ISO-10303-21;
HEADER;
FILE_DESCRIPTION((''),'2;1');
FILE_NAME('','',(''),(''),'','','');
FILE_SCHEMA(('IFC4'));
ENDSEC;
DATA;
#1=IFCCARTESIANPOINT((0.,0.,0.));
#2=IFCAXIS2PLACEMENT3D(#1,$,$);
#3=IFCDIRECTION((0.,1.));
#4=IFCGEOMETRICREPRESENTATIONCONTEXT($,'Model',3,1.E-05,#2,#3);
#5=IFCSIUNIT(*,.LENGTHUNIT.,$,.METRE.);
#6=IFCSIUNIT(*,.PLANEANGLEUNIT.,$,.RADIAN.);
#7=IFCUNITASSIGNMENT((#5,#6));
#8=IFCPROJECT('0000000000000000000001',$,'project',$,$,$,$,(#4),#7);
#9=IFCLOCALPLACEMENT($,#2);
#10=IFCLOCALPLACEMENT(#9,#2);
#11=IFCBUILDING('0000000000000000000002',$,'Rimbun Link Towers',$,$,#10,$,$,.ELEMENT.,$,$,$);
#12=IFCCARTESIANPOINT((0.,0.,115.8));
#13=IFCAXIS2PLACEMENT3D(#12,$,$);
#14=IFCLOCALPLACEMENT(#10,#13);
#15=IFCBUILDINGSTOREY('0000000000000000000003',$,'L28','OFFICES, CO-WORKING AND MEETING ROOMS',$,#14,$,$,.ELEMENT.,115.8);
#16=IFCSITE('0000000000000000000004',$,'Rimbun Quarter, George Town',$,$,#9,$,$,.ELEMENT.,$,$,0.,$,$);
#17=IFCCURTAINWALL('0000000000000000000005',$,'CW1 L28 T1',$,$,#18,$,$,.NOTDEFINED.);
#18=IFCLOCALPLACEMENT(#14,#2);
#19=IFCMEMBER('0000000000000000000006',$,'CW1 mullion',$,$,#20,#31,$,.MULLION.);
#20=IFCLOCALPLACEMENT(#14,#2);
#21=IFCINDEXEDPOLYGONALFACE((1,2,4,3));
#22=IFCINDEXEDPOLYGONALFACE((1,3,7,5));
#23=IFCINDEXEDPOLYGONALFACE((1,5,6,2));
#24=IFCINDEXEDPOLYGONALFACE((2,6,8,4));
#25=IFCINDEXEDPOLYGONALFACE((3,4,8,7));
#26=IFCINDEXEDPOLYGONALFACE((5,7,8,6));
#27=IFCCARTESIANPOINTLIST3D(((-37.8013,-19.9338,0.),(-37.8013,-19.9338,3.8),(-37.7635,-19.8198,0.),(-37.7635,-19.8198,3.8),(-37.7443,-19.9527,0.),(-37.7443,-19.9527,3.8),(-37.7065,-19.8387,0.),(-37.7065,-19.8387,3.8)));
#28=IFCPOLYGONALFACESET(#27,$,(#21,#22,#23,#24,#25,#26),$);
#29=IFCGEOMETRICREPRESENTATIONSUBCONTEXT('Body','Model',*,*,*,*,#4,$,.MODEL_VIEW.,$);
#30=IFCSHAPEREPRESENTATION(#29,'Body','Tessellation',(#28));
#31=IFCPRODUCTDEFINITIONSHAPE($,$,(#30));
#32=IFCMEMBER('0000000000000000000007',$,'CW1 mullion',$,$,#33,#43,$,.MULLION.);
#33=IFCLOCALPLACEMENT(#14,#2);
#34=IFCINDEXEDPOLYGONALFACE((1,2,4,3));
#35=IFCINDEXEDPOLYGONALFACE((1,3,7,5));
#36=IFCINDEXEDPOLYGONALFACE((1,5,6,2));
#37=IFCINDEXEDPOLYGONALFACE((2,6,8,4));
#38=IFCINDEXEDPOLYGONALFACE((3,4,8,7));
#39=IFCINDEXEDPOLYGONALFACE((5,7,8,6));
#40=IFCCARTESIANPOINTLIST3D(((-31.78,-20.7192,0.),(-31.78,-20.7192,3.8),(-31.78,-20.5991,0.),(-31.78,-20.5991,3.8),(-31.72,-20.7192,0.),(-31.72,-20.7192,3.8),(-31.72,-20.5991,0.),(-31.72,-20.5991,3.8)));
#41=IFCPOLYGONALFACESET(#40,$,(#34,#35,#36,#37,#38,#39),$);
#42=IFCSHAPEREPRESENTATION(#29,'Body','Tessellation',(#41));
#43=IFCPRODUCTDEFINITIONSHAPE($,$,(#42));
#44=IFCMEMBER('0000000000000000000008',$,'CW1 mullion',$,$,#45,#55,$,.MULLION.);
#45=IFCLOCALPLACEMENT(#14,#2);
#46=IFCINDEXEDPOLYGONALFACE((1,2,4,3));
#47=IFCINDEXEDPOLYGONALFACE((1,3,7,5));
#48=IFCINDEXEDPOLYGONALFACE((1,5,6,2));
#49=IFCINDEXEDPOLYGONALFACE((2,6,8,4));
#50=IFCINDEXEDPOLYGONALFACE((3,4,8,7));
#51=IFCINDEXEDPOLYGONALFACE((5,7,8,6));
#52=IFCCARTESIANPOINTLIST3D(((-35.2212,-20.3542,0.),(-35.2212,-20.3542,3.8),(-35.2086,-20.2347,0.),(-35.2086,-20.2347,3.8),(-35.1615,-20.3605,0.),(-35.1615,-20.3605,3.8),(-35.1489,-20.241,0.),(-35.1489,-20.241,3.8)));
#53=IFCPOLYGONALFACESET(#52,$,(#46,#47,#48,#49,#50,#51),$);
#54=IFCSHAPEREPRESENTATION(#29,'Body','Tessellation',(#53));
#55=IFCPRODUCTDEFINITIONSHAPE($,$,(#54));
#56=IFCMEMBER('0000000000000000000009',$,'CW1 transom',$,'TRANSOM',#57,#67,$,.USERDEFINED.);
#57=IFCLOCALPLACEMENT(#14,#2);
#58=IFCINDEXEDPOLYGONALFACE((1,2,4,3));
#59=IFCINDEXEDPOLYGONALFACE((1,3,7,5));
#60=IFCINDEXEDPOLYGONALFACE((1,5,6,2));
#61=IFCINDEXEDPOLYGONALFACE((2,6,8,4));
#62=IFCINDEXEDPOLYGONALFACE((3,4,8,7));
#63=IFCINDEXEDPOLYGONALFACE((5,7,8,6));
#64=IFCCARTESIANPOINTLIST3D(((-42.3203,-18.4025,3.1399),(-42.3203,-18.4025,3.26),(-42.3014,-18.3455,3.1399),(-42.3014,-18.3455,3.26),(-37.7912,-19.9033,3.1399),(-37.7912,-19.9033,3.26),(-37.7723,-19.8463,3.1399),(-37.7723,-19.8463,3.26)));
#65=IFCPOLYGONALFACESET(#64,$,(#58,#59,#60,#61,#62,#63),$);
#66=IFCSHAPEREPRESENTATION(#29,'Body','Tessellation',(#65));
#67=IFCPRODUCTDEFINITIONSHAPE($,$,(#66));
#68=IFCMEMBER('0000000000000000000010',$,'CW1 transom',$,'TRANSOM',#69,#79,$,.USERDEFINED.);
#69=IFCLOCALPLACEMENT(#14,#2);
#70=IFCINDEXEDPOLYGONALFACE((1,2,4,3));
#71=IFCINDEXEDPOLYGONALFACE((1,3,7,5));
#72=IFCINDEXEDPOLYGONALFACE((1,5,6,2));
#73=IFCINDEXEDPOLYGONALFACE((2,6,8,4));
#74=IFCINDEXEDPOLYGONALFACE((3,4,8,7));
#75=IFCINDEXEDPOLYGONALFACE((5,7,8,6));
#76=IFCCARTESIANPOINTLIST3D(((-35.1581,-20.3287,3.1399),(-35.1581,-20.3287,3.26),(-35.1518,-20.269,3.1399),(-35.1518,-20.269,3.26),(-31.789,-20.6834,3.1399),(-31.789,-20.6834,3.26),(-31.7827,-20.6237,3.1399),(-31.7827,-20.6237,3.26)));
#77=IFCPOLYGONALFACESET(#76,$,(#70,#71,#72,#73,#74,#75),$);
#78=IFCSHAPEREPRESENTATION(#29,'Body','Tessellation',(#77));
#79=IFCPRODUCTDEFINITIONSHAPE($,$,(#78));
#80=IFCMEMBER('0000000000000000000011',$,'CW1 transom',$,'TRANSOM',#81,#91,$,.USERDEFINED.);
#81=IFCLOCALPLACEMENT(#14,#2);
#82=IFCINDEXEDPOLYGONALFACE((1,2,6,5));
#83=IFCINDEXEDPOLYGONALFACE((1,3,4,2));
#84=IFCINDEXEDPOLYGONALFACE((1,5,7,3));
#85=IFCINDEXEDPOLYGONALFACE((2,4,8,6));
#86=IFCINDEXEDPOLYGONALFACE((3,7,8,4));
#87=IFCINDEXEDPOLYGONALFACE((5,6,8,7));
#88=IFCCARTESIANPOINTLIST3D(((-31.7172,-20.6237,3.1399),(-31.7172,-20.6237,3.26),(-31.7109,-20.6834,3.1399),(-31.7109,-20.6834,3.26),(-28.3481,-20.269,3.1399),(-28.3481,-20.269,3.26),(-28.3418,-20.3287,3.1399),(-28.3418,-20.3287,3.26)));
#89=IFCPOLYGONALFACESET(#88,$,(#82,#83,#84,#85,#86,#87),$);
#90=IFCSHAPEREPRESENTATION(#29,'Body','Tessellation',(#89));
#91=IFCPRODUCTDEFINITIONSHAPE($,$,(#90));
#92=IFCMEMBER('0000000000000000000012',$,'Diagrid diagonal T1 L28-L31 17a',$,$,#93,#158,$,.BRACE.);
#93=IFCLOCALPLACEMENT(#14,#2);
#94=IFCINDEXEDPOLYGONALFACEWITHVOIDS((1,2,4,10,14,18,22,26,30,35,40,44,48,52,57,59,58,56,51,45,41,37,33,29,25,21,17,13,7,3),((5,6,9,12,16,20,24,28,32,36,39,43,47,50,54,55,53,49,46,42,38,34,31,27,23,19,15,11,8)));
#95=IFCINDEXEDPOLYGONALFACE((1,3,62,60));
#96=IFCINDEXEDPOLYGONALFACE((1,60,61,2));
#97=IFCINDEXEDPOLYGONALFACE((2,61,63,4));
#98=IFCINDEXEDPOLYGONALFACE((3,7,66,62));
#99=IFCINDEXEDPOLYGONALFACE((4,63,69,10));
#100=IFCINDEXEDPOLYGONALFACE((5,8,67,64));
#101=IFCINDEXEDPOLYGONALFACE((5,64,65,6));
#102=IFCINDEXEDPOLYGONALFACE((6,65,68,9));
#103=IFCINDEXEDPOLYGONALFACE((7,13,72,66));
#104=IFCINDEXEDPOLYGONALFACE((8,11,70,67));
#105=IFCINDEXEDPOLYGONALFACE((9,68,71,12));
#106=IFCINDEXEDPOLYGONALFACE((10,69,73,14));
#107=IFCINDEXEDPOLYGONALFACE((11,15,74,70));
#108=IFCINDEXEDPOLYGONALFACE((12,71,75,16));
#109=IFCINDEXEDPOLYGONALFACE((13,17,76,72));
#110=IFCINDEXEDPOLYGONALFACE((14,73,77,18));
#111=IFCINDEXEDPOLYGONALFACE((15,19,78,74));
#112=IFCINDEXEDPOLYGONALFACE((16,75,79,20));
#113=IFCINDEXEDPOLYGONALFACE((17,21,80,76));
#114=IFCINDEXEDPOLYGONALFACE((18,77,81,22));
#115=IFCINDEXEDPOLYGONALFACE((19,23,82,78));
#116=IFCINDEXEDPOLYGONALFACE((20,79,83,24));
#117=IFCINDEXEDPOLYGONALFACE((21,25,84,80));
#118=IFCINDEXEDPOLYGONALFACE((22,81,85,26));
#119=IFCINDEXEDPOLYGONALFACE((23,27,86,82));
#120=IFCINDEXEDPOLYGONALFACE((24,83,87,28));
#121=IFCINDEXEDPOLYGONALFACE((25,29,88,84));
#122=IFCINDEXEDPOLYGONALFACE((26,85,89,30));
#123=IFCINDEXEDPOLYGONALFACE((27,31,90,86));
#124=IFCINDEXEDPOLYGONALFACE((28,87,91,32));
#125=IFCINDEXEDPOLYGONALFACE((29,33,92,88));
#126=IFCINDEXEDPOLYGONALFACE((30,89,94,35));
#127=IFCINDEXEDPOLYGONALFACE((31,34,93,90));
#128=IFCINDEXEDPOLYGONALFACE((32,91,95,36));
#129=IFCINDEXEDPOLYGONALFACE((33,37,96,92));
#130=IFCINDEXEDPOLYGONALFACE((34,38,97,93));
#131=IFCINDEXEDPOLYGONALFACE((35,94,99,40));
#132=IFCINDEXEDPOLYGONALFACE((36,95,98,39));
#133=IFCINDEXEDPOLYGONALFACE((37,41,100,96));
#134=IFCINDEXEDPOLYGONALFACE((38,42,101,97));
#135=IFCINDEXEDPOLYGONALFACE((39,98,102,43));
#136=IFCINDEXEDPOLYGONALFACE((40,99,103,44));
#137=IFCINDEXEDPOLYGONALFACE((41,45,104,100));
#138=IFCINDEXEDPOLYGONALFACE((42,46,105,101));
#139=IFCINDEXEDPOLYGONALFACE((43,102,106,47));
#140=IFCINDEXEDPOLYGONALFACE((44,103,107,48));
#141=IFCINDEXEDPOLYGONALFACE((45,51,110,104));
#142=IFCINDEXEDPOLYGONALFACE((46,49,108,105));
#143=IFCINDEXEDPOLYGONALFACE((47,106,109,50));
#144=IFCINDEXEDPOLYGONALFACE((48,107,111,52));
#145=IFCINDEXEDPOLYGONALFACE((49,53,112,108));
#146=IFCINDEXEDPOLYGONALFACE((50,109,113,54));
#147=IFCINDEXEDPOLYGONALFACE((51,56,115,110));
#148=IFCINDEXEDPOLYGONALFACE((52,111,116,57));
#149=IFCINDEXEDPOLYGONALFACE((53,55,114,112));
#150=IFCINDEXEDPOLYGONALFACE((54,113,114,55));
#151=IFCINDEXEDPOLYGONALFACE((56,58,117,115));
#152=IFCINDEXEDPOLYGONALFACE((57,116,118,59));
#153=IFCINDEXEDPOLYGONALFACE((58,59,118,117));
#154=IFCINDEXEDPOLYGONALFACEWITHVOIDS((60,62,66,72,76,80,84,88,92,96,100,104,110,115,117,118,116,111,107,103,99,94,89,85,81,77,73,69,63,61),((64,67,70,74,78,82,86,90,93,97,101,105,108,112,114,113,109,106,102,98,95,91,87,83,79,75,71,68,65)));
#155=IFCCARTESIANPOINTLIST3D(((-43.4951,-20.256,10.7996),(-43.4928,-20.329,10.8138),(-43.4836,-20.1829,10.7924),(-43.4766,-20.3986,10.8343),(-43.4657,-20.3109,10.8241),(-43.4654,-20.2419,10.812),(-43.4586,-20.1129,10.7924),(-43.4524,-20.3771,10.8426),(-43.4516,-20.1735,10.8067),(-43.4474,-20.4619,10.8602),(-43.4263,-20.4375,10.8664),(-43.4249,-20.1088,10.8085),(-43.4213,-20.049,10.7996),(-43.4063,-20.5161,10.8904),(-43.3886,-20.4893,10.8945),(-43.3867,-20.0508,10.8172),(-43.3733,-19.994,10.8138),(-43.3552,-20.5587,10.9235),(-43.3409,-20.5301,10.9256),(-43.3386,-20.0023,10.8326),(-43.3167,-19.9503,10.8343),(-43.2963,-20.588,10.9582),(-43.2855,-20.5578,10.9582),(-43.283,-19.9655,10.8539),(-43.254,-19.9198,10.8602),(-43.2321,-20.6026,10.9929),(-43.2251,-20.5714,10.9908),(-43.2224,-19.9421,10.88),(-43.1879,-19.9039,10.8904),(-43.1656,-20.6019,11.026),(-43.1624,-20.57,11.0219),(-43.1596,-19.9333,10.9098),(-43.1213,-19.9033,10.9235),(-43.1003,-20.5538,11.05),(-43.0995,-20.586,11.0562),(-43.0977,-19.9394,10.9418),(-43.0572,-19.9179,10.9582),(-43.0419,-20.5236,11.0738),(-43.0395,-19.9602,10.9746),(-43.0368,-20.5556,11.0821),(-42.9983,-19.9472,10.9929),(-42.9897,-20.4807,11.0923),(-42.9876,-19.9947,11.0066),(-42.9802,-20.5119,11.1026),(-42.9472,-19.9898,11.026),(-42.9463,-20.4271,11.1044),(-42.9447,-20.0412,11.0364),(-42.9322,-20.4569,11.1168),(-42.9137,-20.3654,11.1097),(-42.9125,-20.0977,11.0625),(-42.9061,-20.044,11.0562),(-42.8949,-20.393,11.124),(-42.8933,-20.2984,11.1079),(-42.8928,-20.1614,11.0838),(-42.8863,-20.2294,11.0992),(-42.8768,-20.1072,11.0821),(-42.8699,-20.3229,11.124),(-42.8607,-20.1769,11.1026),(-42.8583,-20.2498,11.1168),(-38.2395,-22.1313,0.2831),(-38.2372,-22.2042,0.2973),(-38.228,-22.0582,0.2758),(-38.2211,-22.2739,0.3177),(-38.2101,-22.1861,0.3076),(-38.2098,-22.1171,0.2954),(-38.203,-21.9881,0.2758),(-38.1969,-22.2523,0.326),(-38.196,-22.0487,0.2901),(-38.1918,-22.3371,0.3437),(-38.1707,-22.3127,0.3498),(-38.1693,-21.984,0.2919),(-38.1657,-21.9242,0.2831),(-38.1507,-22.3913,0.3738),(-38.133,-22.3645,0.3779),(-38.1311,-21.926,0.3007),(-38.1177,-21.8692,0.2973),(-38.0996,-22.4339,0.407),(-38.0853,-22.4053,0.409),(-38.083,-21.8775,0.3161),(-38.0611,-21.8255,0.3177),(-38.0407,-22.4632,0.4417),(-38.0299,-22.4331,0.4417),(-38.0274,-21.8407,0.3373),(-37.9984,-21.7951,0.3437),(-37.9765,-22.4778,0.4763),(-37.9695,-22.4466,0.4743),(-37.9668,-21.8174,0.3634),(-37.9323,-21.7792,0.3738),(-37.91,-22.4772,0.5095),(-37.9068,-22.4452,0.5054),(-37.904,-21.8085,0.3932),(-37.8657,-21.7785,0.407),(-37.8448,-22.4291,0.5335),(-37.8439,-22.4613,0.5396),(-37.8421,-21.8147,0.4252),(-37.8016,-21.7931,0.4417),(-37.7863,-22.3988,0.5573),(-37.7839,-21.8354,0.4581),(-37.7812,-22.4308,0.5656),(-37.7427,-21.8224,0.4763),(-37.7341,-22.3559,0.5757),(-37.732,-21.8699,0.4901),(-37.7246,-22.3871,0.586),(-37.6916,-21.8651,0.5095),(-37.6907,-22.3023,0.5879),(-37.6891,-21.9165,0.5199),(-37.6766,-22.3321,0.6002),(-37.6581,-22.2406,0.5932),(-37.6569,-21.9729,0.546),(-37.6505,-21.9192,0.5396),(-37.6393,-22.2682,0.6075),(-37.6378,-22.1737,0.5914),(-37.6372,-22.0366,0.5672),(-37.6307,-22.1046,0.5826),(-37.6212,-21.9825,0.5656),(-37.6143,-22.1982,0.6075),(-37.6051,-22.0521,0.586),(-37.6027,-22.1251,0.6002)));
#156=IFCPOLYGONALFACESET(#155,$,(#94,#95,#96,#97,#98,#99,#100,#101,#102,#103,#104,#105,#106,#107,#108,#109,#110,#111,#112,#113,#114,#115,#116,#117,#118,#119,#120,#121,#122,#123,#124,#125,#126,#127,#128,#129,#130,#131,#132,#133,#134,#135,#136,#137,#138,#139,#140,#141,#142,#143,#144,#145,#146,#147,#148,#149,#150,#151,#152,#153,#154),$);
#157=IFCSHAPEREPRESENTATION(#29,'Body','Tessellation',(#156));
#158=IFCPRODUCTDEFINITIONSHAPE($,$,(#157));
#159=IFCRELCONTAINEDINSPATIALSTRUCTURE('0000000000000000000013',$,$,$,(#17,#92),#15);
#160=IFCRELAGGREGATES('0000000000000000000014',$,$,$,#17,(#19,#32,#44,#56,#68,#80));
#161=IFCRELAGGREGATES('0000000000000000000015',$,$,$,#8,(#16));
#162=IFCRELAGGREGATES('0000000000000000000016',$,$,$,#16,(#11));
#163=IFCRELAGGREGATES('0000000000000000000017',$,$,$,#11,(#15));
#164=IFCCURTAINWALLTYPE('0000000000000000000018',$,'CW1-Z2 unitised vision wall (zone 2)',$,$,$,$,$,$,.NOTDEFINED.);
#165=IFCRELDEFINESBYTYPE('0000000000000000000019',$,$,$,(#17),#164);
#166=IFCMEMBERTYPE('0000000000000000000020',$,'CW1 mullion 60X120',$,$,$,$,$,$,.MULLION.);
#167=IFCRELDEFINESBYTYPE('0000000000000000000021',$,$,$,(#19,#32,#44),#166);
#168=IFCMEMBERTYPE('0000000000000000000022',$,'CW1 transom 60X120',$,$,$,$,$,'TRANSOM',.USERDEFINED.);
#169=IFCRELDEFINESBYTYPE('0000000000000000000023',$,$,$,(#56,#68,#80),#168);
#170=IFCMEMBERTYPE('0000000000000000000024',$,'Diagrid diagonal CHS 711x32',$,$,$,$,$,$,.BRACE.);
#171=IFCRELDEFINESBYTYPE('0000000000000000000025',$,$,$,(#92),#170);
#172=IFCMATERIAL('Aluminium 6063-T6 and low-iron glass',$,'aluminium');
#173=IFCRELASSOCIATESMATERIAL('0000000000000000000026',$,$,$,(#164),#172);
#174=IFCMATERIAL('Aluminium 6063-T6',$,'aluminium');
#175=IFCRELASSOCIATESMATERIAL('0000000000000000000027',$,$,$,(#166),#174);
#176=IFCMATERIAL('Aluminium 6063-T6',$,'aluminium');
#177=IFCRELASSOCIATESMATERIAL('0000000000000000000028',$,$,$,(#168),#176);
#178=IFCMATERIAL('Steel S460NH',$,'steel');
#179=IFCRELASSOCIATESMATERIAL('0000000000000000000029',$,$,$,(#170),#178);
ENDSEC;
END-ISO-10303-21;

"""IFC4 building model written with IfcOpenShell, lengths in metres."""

from ifc_helpers import new_model, si_unit, direction, frame, origin, origin_2d, place, context, subcontext, project, spatial, rectangle, hollow_circle, extrude, material, material_profile, profile_set, type_object, element, aggregate, save


model = new_model("IFC4")

# Units and contexts
model_context = context("Model", 3, precision=1e-05, world=origin(), true_north=direction((0.0, 1.0)))
body_context = subcontext(model_context, "Body", "Model", "MODEL_VIEW")
ifc_project = project(units=[si_unit("LENGTHUNIT", "METRE"), si_unit("PLANEANGLEUNIT", "RADIAN")], contexts=[model_context])

# Site, building, storey
site_placement = place(None, origin())
site = spatial("IfcSite", under=ifc_project, at=site_placement, Name="Rimbun Quarter, George Town", CompositionType="ELEMENT", RefElevation=0.0)
building_placement = place(site_placement, origin())
building = spatial("IfcBuilding", under=site, at=building_placement, Name="Rimbun Link Towers", CompositionType="ELEMENT")
storey_placement = place(building_placement, frame((0.0, 0.0, 115.8)))
storey = spatial("IfcBuildingStorey", under=building, at=storey_placement, Name="L28", Description="OFFICES, CO-WORKING AND MEETING ROOMS", CompositionType="ELEMENT", Elevation=115.8)

# Curtain wall, members
ifc_material_1 = material(Name="Aluminium 6063-T6 and low-iron glass", Category="aluminium")
curtain_wall_type = type_object("IfcCurtainWallType", Name="CW1-Z2 unitised vision wall (zone 2)", PredefinedType="NOTDEFINED", material=ifc_material_1)
curtain_wall_placement = place(storey_placement, origin())
curtain_wall = element("IfcCurtainWall", 1, at=curtain_wall_placement, inside=storey, type_object=curtain_wall_type, Name="CW1 L28 T1", PredefinedType="NOTDEFINED")
ifc_material_2 = material(Name="Aluminium 6063-T6", Category="aluminium")
ifc_material_profile_1 = material_profile(ifc_material_2, rectangle(XDim=0.1201, YDim=0.0601, at=origin_2d()), Name="MULLION 60X120")
ifc_profile_set_1 = profile_set([ifc_material_profile_1], Name="Aluminium 6063-T6")
member_type_1 = type_object("IfcMemberType", Name="CW1 mullion 60X120", PredefinedType="MULLION", material=ifc_profile_set_1)
member_1_placement = place(storey_placement, frame((-37.7539, -19.8862, 0.0), z_axis=(0.0, 0.0, 1.0), x_axis=(-0.314563, -0.949236, 0.0)))
member_1 = element("IfcMember", 2, at=member_1_placement, type_object=member_type_1, Name="CW1 mullion", PredefinedType="MULLION", context=body_context, shape_type="SweptSolid", body=[
    extrude(rectangle(XDim=0.1201, YDim=0.0601, at=origin_2d()), origin(), (0.0, 0.0, 1.0), 3.8),
])
member_2_placement = place(storey_placement, frame((-31.75, -20.6592, 0.0), z_axis=(0.0, 0.0, 1.0), x_axis=(0.0, -1.0, 0.0)))
member_2 = element("IfcMember", 3, at=member_2_placement, type_object=member_type_1, Name="CW1 mullion", PredefinedType="MULLION", context=body_context, shape_type="SweptSolid", body=[
    extrude(rectangle(XDim=0.1201, YDim=0.0601, at=origin_2d()), origin(), (0.0, 0.0, 1.0), 3.8),
])
member_3_placement = place(storey_placement, frame((-35.1851, -20.2976, 0.0), z_axis=(0.0, 0.0, 1.0), x_axis=(-0.104748, -0.994499, 0.0)))
member_3 = element("IfcMember", 4, at=member_3_placement, type_object=member_type_1, Name="CW1 mullion", PredefinedType="MULLION", context=body_context, shape_type="SweptSolid", body=[
    extrude(rectangle(XDim=0.1201, YDim=0.0601, at=origin_2d()), origin(), (0.0, 0.0, 1.0), 3.8),
])
ifc_material_3 = material(Name="Aluminium 6063-T6", Category="aluminium")
ifc_material_profile_2 = material_profile(ifc_material_3, rectangle(XDim=0.0601, YDim=0.1201, at=origin_2d()), Name="TRANSOM 60X120")
ifc_profile_set_2 = profile_set([ifc_material_profile_2], Name="Aluminium 6063-T6")
member_type_2 = type_object("IfcMemberType", Name="CW1 transom 60X120", ElementType="TRANSOM", PredefinedType="USERDEFINED", material=ifc_profile_set_2)
member_4_placement = place(storey_placement, frame((-37.7817, -19.8748, 3.2), z_axis=(-0.949245, 0.314539, 0.0), x_axis=(-0.314539, -0.949245, 0.0)))
member_4 = element("IfcMember", 5, at=member_4_placement, type_object=member_type_2, Name="CW1 transom", ObjectType="TRANSOM", PredefinedType="USERDEFINED", context=body_context, shape_type="SweptSolid", body=[
    extrude(rectangle(XDim=0.0601, YDim=0.1201, at=origin_2d()), origin(), (0.0, 0.0, 1.0), 4.7712),
])
member_5_placement = place(storey_placement, frame((-31.7859, -20.6536, 3.2), z_axis=(-0.994503, 0.104711, 0.0), x_axis=(-0.104711, -0.994503, 0.0)))
member_5 = element("IfcMember", 6, at=member_5_placement, type_object=member_type_2, Name="CW1 transom", ObjectType="TRANSOM", PredefinedType="USERDEFINED", context=body_context, shape_type="SweptSolid", body=[
    extrude(rectangle(XDim=0.0601, YDim=0.1201, at=origin_2d()), origin(), (0.0, 0.0, 1.0), 3.3877),
])
member_6_placement = place(storey_placement, frame((-28.345, -20.2988, 3.2), z_axis=(-0.994503, -0.104711, 0.0), x_axis=(0.104711, -0.994503, 0.0)))
member_6 = element("IfcMember", 7, at=member_6_placement, type_object=member_type_2, Name="CW1 transom", ObjectType="TRANSOM", PredefinedType="USERDEFINED", context=body_context, shape_type="SweptSolid", body=[
    extrude(rectangle(XDim=0.0601, YDim=0.1201, at=origin_2d()), origin(), (0.0, 0.0, 1.0), 3.3877),
])

# Member
ifc_material_4 = material(Name="Steel S460NH", Category="steel")
ifc_material_profile_3 = material_profile(ifc_material_4, hollow_circle(Radius=0.3557, WallThickness=0.032, at=origin_2d()), Name="Diagrid diagonal CHS 711x32")
ifc_profile_set_3 = profile_set([ifc_material_profile_3], Name="Steel S460NH")
member_type_3 = type_object("IfcMemberType", Name="Diagrid diagonal CHS 711x32", PredefinedType="BRACE", material=ifc_profile_set_3)
member_7_placement = place(storey_placement, frame((-37.9211, -22.1282, 0.4417), z_axis=(-0.441451, 0.157513, 0.883352), x_axis=(-0.336056, -0.941842, 0.0)))
element("IfcMember", 8, at=member_7_placement, inside=storey, type_object=member_type_3, Name="Diagrid diagonal T1 L28-L31 17a", PredefinedType="BRACE", context=body_context, shape_type="SweptSolid", body=[
    extrude(hollow_circle(Radius=0.3557, WallThickness=0.032, at=origin_2d()), origin(), (0.0, 0.0, 1.0), 11.9053),
])

aggregate(curtain_wall, [member_1, member_2, member_3, member_4, member_5, member_6])

save(model, "model.ifc")
